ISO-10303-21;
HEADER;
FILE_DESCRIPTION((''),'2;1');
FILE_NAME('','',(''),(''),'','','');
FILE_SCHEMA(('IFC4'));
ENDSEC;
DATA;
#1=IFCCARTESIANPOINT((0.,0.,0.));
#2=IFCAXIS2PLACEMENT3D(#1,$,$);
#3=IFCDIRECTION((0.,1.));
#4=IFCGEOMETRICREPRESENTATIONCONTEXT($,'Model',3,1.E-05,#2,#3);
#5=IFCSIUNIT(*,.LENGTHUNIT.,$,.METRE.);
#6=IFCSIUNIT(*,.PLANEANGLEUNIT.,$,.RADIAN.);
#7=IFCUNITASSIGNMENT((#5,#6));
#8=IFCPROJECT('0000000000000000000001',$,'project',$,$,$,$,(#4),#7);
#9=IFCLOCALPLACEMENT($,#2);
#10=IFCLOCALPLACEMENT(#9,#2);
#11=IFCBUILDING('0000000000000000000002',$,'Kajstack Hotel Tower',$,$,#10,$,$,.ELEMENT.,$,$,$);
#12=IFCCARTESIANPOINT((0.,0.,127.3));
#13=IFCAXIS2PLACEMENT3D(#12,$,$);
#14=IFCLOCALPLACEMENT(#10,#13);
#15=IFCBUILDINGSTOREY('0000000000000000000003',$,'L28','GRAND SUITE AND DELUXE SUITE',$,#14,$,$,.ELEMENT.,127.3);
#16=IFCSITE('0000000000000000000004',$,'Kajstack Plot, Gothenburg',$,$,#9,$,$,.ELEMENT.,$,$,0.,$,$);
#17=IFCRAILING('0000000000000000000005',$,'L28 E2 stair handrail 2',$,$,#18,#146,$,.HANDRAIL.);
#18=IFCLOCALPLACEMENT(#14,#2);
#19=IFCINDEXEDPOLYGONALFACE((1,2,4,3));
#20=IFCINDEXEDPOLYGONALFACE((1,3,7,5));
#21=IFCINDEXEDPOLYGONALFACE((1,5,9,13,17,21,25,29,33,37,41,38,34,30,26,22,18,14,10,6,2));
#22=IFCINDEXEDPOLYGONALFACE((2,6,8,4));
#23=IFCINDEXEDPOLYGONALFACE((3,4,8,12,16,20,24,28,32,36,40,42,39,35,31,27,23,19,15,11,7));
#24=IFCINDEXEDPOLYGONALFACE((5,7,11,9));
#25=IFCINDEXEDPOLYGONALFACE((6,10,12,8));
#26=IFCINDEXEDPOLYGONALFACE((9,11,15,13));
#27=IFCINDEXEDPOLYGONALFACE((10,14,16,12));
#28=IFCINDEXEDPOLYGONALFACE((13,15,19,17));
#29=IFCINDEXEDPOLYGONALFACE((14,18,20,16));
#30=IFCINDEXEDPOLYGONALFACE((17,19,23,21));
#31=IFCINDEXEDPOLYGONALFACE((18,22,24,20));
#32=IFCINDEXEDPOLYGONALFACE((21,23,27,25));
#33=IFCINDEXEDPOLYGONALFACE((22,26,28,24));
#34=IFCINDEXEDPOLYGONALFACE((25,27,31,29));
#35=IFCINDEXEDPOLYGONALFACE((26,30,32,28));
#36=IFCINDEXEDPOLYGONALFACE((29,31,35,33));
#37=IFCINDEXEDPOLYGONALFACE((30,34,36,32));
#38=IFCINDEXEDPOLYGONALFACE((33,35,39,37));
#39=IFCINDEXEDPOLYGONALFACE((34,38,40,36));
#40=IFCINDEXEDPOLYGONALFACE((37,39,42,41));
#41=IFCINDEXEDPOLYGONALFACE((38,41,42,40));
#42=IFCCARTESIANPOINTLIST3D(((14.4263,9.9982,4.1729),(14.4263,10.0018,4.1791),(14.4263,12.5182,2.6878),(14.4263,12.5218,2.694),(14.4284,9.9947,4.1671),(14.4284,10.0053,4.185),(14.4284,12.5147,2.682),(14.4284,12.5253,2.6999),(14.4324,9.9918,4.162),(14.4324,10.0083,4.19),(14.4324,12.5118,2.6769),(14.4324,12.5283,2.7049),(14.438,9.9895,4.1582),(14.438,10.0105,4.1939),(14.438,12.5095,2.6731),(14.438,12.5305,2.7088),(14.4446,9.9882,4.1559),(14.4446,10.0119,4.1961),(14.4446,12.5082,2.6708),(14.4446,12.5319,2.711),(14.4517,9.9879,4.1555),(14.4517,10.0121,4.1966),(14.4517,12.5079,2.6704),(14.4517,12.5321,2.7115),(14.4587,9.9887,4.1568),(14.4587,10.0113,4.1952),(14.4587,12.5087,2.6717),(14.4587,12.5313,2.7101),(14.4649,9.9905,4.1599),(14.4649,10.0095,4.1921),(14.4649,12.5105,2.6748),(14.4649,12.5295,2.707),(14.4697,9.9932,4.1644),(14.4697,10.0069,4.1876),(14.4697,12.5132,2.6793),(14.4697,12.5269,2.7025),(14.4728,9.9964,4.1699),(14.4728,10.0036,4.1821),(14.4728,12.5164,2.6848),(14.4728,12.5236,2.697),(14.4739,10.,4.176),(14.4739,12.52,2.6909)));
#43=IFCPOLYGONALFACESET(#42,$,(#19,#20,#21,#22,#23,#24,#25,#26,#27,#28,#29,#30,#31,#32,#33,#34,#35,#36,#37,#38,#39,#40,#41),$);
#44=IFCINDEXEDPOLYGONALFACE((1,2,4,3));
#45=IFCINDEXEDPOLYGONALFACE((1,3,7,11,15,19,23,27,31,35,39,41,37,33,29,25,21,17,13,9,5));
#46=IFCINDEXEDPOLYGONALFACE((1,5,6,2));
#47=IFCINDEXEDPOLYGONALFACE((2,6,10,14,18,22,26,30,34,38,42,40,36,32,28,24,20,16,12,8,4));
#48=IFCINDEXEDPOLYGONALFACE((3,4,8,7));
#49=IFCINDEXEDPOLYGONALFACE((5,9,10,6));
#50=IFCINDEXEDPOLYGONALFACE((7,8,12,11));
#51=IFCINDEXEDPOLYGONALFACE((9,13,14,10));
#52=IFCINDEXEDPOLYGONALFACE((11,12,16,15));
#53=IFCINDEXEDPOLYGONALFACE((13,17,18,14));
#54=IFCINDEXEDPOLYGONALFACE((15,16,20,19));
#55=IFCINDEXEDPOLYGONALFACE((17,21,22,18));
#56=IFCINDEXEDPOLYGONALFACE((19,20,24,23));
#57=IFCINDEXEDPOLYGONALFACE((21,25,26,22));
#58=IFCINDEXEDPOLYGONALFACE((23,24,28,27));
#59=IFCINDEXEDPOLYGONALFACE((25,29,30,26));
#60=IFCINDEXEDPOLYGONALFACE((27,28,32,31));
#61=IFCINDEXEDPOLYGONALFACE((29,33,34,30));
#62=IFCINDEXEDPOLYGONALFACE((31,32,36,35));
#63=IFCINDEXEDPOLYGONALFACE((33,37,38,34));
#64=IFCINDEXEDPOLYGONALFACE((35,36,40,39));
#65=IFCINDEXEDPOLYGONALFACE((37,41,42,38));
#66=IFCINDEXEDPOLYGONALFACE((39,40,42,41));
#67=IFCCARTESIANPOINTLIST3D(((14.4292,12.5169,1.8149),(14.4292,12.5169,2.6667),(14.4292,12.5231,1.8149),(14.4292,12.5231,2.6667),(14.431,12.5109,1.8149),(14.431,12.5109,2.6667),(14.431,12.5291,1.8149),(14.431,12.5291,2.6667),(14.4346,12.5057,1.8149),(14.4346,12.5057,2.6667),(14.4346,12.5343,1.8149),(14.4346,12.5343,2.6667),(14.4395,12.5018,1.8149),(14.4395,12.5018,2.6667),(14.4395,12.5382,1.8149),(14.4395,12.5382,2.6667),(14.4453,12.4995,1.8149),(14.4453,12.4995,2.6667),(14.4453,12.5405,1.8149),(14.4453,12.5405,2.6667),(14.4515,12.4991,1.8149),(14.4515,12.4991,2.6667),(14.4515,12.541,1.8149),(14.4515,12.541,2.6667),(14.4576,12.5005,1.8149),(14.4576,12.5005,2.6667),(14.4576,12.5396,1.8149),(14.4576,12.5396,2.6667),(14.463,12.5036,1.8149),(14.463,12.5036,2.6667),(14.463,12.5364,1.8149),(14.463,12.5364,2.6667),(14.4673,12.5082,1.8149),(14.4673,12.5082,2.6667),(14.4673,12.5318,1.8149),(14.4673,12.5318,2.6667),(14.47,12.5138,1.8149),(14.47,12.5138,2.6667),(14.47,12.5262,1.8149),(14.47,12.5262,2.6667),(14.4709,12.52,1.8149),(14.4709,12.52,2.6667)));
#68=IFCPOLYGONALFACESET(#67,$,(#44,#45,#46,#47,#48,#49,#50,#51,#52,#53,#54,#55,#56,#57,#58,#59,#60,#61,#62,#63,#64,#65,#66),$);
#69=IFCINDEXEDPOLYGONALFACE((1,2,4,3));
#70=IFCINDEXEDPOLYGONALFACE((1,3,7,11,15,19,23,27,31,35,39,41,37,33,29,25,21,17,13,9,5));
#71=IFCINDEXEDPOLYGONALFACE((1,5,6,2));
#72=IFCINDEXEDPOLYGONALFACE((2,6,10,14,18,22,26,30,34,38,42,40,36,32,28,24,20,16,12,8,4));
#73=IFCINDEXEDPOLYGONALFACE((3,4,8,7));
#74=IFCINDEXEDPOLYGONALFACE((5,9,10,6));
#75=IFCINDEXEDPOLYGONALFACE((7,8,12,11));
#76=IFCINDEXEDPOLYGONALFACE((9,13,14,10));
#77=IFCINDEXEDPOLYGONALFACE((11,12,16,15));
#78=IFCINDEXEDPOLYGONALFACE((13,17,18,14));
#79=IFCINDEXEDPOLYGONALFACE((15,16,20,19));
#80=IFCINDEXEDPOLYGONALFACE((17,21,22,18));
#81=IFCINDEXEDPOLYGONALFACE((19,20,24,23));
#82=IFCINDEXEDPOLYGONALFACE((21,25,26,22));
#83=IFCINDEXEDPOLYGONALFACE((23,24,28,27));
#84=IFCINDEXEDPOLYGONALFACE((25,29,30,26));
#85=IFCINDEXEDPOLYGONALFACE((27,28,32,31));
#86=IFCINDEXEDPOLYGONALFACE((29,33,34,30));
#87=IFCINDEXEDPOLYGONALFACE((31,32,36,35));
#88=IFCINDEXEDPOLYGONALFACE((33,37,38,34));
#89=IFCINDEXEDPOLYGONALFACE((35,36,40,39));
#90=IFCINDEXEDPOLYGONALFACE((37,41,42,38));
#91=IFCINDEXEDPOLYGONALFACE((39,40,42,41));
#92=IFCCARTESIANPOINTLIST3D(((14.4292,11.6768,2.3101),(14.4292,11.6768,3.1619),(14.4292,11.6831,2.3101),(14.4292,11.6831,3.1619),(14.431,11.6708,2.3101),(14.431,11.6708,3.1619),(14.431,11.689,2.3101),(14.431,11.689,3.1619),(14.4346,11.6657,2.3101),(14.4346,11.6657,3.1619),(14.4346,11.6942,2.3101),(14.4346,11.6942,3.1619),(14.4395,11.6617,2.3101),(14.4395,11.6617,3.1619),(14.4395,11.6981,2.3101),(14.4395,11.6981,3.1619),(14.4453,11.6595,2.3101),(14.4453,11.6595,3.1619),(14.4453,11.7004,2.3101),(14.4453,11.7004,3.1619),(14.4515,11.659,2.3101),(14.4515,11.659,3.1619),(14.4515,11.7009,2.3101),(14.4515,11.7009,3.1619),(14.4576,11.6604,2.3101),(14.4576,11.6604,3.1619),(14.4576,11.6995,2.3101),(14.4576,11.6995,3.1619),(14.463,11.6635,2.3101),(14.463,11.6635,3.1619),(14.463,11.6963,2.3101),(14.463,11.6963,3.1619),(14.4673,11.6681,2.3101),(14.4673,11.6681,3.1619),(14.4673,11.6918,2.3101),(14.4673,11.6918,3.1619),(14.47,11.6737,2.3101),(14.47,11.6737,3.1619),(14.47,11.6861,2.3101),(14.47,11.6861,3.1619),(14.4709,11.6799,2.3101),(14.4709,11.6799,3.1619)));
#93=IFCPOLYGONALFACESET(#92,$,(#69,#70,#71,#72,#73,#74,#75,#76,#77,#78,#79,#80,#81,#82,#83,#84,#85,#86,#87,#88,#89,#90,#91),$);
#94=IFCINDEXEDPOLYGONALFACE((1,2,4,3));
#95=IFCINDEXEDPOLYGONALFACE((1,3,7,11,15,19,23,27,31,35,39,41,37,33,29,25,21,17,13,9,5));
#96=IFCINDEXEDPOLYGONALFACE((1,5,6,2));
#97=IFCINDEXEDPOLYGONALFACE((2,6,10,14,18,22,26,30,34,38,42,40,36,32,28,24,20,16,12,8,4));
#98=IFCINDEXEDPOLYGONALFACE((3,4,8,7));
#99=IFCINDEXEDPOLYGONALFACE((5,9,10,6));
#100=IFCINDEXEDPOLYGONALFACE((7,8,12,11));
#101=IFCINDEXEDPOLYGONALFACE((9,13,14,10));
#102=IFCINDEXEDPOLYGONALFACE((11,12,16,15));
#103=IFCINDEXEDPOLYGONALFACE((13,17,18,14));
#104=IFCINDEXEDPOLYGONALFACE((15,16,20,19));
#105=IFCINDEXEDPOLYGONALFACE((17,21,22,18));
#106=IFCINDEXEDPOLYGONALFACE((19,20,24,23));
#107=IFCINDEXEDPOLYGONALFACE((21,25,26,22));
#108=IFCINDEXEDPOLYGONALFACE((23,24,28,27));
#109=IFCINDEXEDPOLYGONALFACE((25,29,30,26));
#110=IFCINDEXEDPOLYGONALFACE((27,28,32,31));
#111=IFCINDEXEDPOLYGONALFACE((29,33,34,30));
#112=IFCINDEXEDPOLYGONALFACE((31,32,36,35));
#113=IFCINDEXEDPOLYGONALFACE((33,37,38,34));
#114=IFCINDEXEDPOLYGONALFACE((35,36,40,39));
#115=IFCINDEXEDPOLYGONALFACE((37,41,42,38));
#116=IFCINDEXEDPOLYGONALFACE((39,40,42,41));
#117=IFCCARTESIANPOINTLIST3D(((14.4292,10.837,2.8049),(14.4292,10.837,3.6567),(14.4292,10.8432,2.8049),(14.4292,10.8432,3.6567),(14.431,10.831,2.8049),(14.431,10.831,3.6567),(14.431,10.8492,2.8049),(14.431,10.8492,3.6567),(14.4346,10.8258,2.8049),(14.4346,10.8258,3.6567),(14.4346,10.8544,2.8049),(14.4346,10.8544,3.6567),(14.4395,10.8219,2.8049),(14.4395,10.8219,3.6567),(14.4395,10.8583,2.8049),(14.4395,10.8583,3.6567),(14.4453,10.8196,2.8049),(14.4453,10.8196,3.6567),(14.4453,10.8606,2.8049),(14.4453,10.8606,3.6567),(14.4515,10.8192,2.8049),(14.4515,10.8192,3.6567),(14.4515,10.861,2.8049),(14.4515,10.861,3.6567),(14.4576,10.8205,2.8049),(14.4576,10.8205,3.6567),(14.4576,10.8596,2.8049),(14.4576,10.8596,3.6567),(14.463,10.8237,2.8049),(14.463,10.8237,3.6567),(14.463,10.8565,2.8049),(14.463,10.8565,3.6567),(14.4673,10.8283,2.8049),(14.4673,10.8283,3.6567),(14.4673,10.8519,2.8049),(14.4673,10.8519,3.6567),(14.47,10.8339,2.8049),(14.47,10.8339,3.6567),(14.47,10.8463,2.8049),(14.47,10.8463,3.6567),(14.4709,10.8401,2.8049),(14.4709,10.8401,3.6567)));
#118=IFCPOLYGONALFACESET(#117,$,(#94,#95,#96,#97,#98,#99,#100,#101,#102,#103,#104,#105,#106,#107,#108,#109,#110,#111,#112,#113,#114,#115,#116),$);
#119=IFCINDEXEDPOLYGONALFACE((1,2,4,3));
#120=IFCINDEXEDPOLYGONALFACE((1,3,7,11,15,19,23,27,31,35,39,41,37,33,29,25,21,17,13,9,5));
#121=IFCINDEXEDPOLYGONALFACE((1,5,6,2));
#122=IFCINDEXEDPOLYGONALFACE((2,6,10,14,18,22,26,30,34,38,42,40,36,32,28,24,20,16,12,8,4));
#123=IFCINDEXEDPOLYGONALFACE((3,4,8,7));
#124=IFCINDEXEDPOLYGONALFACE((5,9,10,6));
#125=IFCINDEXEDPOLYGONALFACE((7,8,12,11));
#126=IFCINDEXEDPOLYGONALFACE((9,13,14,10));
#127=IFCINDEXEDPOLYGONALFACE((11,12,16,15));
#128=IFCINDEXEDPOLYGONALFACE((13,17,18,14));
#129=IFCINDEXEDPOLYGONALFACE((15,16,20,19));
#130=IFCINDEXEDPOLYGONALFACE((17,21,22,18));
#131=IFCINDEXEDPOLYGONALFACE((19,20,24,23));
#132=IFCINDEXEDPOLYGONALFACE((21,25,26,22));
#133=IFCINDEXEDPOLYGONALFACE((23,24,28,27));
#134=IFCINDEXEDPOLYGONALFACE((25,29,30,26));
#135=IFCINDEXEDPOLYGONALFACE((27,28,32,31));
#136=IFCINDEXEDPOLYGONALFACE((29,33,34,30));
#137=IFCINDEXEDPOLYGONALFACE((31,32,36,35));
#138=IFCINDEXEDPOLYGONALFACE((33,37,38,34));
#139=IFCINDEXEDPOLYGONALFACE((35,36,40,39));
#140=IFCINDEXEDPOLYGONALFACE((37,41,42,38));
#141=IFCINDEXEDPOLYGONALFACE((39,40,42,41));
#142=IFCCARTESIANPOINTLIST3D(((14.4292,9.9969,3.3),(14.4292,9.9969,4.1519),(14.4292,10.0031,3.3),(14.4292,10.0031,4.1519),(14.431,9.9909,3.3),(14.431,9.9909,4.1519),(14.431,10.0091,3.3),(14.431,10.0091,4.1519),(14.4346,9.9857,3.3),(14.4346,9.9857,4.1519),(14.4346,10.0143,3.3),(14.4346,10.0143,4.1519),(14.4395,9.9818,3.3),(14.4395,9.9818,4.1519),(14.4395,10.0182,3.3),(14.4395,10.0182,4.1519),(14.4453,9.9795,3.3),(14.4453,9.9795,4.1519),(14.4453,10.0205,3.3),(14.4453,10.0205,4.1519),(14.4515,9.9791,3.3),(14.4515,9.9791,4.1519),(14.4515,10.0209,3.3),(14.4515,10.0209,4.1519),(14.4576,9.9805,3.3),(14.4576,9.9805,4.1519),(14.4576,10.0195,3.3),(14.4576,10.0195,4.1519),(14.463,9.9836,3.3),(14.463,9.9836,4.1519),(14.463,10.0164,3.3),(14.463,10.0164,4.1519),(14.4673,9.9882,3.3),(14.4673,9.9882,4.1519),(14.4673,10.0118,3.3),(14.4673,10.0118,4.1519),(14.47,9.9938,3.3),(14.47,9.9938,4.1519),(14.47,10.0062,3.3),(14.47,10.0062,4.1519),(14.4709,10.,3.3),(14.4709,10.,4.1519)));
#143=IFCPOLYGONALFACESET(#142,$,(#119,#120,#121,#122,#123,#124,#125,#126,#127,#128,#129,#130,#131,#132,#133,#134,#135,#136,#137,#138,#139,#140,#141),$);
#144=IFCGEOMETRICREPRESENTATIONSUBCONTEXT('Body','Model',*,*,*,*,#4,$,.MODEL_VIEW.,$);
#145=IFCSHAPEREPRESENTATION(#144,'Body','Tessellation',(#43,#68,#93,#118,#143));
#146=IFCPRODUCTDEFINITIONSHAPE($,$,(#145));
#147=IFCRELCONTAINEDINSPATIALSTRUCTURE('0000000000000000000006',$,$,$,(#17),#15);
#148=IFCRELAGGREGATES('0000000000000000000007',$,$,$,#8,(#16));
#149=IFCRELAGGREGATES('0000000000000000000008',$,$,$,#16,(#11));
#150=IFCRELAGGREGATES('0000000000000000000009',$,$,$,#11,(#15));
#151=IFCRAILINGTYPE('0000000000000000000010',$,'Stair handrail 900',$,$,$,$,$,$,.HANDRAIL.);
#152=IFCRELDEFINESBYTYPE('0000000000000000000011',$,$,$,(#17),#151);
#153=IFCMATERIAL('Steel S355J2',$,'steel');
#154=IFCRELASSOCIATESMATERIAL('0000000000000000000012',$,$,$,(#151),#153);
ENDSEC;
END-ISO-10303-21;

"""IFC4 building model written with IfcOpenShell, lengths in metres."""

from ifc_helpers import new_model, si_unit, direction, frame, origin, origin_2d, place, context, subcontext, project, spatial, circle, extrude, material, type_object, element, save


model = new_model("IFC4")

# Units and contexts
model_context = context("Model", 3, precision=1e-05, world=origin(), true_north=direction((0.0, 1.0)))
body_context = subcontext(model_context, "Body", "Model", "MODEL_VIEW")
ifc_project = project(units=[si_unit("LENGTHUNIT", "METRE"), si_unit("PLANEANGLEUNIT", "RADIAN")], contexts=[model_context])

# Site, building, storey
site_placement = place(None, origin())
site = spatial("IfcSite", under=ifc_project, at=site_placement, Name="Kajstack Plot, Gothenburg", CompositionType="ELEMENT", RefElevation=0.0)
building_placement = place(site_placement, origin())
building = spatial("IfcBuilding", under=site, at=building_placement, Name="Kajstack Hotel Tower", CompositionType="ELEMENT")
storey_placement = place(building_placement, frame((0.0, 0.0, 127.3)))
storey = spatial("IfcBuildingStorey", under=building, at=storey_placement, Name="L28", Description="GRAND SUITE AND DELUXE SUITE", CompositionType="ELEMENT", Elevation=127.3)

# Railing
ifc_material_1 = material(Name="Steel S355J2", Category="steel")
railing_type = type_object("IfcRailingType", Name="Stair handrail 900", PredefinedType="HANDRAIL", material=ifc_material_1)
railing_placement = place(storey_placement, frame((14.45, 12.52, 1.8149)))
element("IfcRailing", 1, at=railing_placement, inside=storey, type_object=railing_type, Name="L28 E2 stair handrail 2", PredefinedType="HANDRAIL", context=body_context, shape_type="SweptSolid", body=[
    extrude(circle(Radius=0.0239, at=origin_2d()), frame((0.0, 0.0, 0.876), z_axis=(0.0, -0.861524, 0.507717), x_axis=(1.0, 0.0, 0.0)), (0.0, 0.0, 1.0), 2.925),
    extrude(circle(Radius=0.021, at=origin_2d()), origin(), (0.0, 0.0, 1.0), 0.8518),
    extrude(circle(Radius=0.021, at=origin_2d()), frame((0.0, -0.8401, 0.4951)), (0.0, 0.0, 1.0), 0.8518),
    extrude(circle(Radius=0.021, at=origin_2d()), frame((0.0, -1.6799, 0.99)), (0.0, 0.0, 1.0), 0.8518),
    extrude(circle(Radius=0.021, at=origin_2d()), frame((0.0, -2.52, 1.4851)), (0.0, 0.0, 1.0), 0.8518),
])

save(model, "model.ifc")
